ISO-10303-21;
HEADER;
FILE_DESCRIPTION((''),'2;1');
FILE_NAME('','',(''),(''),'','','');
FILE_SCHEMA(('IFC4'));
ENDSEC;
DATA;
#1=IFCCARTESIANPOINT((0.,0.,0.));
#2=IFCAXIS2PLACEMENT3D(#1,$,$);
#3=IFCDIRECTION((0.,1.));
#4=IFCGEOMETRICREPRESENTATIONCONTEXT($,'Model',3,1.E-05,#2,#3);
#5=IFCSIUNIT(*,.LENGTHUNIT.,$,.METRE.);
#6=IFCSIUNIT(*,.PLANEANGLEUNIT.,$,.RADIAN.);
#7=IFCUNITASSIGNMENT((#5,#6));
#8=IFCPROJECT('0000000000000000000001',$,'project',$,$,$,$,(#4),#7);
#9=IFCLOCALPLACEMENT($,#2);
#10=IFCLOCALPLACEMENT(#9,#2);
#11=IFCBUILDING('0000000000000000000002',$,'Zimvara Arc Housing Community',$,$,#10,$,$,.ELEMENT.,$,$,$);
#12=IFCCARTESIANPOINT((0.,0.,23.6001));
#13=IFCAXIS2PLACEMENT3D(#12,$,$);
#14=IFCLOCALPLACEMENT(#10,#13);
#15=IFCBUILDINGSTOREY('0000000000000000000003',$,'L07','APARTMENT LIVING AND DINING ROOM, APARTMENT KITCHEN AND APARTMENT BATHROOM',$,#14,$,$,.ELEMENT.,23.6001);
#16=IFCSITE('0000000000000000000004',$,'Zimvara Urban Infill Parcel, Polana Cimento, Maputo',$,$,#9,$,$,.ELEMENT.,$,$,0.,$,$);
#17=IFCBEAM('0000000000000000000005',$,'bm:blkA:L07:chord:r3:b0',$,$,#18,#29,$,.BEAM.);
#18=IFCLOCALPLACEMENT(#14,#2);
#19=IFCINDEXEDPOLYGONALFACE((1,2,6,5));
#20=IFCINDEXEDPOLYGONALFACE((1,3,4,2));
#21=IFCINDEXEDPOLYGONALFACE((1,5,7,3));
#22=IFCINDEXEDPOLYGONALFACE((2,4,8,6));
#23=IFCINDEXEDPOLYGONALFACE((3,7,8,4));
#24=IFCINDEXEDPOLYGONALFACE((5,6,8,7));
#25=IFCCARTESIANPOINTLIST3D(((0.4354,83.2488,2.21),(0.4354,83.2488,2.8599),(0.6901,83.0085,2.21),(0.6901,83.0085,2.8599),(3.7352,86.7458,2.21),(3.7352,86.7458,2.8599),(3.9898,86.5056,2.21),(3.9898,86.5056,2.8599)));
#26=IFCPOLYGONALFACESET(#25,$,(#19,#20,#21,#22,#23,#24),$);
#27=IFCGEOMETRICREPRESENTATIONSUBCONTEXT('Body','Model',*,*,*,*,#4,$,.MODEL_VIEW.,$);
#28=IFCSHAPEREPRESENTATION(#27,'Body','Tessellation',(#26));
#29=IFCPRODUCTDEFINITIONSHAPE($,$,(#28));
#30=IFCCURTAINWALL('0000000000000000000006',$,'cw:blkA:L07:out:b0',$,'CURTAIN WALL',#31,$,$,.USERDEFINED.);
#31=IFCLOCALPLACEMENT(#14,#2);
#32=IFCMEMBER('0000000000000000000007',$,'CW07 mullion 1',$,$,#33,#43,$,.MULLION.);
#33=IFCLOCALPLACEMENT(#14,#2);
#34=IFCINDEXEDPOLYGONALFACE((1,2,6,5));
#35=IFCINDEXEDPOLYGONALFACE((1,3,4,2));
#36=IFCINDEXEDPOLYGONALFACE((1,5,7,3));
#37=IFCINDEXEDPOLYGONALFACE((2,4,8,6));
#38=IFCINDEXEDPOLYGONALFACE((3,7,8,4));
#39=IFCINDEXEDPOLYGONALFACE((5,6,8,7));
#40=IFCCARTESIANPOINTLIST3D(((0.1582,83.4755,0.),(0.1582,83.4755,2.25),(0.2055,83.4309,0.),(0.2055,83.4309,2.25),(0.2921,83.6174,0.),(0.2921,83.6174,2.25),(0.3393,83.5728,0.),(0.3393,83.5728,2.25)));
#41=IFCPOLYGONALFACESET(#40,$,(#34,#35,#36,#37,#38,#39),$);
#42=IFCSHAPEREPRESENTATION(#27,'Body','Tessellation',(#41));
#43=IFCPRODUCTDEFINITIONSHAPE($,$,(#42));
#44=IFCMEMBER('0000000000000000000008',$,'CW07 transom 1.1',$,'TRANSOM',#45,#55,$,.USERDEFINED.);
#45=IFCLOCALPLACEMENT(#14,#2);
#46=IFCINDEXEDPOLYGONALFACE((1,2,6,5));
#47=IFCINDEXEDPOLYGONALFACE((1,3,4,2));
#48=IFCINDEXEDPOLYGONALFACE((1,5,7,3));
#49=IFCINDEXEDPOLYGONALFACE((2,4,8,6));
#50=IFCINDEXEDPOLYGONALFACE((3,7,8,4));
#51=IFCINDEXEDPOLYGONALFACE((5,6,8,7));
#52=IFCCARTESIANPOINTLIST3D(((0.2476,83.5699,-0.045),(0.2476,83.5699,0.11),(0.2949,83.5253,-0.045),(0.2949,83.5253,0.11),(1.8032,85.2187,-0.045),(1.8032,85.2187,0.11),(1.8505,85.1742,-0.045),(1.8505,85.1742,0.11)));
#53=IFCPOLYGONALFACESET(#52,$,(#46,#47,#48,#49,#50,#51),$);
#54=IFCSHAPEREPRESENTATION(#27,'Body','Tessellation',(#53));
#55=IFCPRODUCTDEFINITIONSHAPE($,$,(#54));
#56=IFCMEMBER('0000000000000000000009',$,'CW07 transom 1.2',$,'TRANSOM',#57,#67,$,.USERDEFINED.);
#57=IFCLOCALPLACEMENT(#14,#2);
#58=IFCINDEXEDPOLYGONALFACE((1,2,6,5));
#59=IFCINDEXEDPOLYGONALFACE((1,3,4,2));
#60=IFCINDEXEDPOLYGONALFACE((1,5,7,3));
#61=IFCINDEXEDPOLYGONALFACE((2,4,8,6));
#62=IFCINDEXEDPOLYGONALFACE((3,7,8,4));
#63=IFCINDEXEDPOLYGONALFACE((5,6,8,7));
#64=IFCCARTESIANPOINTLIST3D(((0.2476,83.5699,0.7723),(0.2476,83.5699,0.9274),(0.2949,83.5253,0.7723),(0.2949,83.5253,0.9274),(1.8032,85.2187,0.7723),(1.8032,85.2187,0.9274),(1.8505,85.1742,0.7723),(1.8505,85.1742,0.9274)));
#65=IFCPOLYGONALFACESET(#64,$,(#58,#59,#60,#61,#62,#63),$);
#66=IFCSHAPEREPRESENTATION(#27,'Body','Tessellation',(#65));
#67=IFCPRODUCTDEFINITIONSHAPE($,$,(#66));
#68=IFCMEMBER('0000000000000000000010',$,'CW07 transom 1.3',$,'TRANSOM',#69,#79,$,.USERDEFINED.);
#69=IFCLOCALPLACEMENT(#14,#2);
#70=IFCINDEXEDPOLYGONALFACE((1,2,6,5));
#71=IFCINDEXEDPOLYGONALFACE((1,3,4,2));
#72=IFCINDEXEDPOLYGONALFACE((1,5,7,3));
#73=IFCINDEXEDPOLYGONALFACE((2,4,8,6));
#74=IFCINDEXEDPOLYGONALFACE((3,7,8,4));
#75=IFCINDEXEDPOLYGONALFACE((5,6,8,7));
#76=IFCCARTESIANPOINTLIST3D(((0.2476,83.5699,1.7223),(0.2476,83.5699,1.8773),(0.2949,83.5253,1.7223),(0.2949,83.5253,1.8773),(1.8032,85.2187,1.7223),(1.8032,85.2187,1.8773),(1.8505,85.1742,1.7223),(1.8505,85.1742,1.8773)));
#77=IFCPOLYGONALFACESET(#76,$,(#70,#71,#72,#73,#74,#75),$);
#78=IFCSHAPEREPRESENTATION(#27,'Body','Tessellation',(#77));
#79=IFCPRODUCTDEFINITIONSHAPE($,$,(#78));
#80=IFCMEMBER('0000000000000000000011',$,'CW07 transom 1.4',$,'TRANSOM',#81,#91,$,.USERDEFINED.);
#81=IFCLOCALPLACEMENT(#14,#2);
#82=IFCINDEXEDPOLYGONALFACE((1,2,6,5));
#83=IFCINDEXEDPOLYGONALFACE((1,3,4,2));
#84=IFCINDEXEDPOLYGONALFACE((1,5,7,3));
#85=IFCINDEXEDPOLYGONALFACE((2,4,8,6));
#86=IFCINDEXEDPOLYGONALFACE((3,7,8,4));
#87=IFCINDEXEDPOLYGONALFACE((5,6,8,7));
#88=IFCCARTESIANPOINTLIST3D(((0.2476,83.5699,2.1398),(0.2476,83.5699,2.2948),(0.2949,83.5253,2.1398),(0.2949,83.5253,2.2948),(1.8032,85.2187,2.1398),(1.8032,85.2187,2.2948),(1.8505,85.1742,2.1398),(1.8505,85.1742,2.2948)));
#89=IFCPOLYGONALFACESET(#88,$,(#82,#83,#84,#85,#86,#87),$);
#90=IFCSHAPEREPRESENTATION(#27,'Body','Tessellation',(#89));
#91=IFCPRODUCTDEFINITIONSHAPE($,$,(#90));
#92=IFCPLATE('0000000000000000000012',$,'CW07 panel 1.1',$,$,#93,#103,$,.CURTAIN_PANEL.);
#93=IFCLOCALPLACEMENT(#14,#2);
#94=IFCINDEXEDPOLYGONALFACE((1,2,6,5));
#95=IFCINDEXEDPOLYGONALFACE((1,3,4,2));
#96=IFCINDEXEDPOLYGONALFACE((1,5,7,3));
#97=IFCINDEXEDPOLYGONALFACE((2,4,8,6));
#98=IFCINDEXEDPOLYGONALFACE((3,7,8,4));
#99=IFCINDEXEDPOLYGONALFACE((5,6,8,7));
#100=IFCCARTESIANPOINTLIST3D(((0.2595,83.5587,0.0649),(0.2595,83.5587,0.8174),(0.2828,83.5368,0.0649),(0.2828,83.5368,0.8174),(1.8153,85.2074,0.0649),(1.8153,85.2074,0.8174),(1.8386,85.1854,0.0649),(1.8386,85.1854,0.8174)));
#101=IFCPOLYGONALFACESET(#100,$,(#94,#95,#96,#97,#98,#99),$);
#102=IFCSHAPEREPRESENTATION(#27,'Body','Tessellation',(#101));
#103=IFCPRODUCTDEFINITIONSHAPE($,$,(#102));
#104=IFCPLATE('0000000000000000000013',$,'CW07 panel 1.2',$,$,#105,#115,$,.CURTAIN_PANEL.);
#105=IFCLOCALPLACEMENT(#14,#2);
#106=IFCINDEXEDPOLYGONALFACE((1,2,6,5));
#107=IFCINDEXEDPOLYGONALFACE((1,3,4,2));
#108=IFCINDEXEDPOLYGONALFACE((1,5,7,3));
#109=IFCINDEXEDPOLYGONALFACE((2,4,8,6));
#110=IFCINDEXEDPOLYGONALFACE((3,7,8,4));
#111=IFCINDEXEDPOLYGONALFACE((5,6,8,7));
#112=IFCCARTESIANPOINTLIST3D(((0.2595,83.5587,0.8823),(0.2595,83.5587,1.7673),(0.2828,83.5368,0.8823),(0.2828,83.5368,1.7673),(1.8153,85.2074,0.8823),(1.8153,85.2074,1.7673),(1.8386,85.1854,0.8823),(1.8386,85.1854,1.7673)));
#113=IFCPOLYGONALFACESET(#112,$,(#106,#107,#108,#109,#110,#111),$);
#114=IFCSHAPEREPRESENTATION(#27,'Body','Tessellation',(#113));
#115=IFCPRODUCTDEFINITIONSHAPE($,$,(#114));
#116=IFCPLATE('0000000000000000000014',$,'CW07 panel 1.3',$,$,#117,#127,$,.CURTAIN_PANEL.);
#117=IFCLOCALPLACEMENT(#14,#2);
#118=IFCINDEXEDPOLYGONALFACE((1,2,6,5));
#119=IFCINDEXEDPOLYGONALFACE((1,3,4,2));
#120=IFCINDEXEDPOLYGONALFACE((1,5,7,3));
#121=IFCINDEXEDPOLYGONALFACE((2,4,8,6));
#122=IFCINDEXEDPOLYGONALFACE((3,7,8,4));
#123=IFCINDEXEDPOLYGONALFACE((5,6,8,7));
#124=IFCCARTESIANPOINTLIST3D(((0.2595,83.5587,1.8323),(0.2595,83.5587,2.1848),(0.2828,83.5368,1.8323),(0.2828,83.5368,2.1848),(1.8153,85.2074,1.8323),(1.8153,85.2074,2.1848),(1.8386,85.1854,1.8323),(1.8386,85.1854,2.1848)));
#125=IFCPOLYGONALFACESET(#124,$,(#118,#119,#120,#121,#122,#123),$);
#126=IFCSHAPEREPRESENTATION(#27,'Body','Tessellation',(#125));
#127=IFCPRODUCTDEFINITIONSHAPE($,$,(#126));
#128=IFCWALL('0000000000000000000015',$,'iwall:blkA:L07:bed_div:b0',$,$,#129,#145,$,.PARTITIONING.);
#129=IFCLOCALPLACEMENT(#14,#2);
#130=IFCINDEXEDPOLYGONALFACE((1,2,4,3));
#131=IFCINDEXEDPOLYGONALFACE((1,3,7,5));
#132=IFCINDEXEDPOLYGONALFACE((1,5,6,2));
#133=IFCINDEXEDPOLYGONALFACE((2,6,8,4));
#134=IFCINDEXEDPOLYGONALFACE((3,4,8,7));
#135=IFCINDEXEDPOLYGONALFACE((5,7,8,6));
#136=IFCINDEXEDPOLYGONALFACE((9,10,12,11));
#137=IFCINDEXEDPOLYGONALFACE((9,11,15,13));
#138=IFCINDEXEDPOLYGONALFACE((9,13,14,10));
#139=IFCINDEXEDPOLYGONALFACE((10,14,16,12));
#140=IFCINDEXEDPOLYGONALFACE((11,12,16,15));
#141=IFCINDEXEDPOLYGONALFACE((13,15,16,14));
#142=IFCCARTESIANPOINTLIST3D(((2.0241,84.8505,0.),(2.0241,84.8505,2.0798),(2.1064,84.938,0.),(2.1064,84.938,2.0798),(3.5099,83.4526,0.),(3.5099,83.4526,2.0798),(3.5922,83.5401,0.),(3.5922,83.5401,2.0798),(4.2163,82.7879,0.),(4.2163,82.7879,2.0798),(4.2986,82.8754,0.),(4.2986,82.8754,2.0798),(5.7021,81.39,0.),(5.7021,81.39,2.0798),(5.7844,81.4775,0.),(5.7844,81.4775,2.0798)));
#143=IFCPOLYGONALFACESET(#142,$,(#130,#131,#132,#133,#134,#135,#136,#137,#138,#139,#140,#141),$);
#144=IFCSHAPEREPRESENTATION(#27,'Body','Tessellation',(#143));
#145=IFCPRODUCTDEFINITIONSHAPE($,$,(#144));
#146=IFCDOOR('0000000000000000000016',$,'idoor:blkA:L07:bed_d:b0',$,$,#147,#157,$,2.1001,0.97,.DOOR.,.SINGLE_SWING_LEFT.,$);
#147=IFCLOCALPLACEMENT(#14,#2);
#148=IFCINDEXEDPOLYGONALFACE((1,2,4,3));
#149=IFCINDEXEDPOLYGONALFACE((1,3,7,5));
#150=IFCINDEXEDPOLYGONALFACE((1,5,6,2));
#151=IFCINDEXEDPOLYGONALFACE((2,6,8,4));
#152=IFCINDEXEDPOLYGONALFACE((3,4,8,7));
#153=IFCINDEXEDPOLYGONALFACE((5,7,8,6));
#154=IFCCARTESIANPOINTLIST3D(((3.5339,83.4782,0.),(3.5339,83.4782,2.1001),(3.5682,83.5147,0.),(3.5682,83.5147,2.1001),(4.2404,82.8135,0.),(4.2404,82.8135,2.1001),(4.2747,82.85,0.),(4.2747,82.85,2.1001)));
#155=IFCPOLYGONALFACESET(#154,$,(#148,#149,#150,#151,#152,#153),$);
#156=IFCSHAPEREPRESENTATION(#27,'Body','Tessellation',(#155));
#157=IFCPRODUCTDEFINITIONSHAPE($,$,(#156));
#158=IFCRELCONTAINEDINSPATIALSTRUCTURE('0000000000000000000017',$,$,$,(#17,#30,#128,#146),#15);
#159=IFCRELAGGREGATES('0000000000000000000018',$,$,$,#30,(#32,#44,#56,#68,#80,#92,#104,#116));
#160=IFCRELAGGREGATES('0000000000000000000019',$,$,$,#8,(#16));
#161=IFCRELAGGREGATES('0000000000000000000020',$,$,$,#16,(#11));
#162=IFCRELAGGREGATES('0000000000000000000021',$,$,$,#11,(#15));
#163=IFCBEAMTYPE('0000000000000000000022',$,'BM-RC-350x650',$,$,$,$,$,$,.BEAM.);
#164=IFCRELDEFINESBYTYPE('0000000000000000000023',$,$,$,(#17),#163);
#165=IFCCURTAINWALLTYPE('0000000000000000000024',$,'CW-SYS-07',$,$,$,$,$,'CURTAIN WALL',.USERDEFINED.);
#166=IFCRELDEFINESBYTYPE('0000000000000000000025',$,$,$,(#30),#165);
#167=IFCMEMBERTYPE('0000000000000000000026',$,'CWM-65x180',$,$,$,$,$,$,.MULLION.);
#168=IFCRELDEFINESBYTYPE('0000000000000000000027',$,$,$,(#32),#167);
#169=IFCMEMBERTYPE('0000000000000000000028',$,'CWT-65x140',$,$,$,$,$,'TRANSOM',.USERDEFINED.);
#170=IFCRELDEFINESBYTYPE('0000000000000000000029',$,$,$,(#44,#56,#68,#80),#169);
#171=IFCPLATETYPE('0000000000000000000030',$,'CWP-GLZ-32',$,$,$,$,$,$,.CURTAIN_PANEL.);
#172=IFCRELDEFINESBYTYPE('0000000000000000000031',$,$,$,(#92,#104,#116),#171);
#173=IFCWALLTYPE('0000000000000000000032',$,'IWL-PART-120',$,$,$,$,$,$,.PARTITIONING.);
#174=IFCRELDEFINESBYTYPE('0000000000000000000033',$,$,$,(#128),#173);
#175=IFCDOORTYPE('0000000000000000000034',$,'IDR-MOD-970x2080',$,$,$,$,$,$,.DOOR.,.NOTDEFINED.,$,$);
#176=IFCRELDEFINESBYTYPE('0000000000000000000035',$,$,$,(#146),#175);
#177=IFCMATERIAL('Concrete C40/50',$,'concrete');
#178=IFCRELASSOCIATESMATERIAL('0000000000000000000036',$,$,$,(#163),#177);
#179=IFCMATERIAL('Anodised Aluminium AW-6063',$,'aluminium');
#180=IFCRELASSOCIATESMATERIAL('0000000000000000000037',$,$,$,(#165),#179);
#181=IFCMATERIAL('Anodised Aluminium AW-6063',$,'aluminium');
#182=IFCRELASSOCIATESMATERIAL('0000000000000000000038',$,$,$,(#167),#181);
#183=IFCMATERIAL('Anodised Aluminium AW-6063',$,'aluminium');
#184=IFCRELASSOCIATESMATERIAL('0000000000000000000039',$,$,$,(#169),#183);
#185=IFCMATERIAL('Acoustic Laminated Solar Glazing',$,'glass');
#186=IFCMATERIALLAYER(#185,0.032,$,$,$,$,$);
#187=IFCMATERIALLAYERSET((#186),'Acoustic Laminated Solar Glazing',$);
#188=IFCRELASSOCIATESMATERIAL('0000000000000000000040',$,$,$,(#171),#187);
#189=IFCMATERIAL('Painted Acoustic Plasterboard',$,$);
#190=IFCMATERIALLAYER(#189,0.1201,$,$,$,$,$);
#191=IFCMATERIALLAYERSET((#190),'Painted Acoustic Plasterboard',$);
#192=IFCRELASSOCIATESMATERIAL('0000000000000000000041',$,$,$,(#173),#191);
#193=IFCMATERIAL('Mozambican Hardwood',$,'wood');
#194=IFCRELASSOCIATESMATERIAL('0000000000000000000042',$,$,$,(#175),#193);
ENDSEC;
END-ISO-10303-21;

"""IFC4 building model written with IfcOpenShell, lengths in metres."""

from ifc_helpers import new_model, si_unit, direction, frame, frame_2d, origin, origin_2d, place, context, subcontext, project, spatial, rectangle, extrude, material, layer, layer_set, material_profile, profile_set, type_object, element, fill, aggregate, save


model = new_model("IFC4")

# Units and contexts
model_context = context("Model", 3, precision=1e-05, world=origin(), true_north=direction((0.0, 1.0)))
body_context = subcontext(model_context, "Body", "Model", "MODEL_VIEW")
ifc_project = project(units=[si_unit("LENGTHUNIT", "METRE"), si_unit("PLANEANGLEUNIT", "RADIAN")], contexts=[model_context])

# Site, building, storey
site_placement = place(None, origin())
site = spatial("IfcSite", under=ifc_project, at=site_placement, Name="Zimvara Urban Infill Parcel, Polana Cimento, Maputo", CompositionType="ELEMENT", RefElevation=0.0)
building_placement = place(site_placement, origin())
building = spatial("IfcBuilding", under=site, at=building_placement, Name="Zimvara Arc Housing Community", CompositionType="ELEMENT")
storey_placement = place(building_placement, frame((0.0, 0.0, 23.6001)))
storey = spatial("IfcBuildingStorey", under=building, at=storey_placement, Name="L07", Description="APARTMENT LIVING AND DINING ROOM, APARTMENT KITCHEN AND APARTMENT BATHROOM", CompositionType="ELEMENT", Elevation=23.6001)

# Beam
ifc_material_1 = material(Name="Concrete C40/50", Category="concrete")
ifc_material_profile_1 = material_profile(ifc_material_1, rectangle(XDim=0.3501, YDim=0.6499, at=origin_2d()), Name="RC 350x650")
ifc_profile_set_1 = profile_set([ifc_material_profile_1], Name="Concrete C40/50")
beam_type = type_object("IfcBeamType", Name="BM-RC-350x650", PredefinedType="BEAM", material=ifc_profile_set_1)
beam_placement = place(storey_placement, frame((0.5627, 83.1287, 2.5349), z_axis=(0.686295, 0.727323, 0.0), x_axis=(-0.727323, 0.686295, 0.0)))
element("IfcBeam", 1, at=beam_placement, inside=storey, type_object=beam_type, Name="bm:blkA:L07:chord:r3:b0", PredefinedType="BEAM", context=body_context, shape_type="SweptSolid", body=[
    extrude(rectangle(XDim=0.3501, YDim=0.6499, at=origin_2d()), origin(), (0.0, 0.0, 1.0), 4.8081),
])

# Curtain wall, members, plates
ifc_material_2 = material(Name="Anodised Aluminium AW-6063", Category="aluminium")
curtain_wall_type = type_object("IfcCurtainWallType", Name="CW-SYS-07", ElementType="CURTAIN WALL", PredefinedType="USERDEFINED", material=ifc_material_2)
curtain_wall_placement = place(storey_placement, origin())
curtain_wall = element("IfcCurtainWall", 2, at=curtain_wall_placement, inside=storey, type_object=curtain_wall_type, Name="cw:blkA:L07:out:b0", ObjectType="CURTAIN WALL", PredefinedType="USERDEFINED")
ifc_material_3 = material(Name="Anodised Aluminium AW-6063", Category="aluminium")
ifc_material_profile_2 = material_profile(ifc_material_3, rectangle(XDim=0.0649, YDim=0.1951, at=origin_2d()), Name="ALU 65x195")
ifc_profile_set_2 = profile_set([ifc_material_profile_2], Name="Anodised Aluminium AW-6063")
member_type_1 = type_object("IfcMemberType", Name="CWM-65x180", PredefinedType="MULLION", material=ifc_profile_set_2)
member_1_placement = place(storey_placement, frame((0.2488, 83.5242, 0.0), z_axis=(0.0, 0.0, 1.0), x_axis=(-0.727294, 0.686326, 0.0)))
member_1 = element("IfcMember", 3, at=member_1_placement, type_object=member_type_1, Name="CW07 mullion 1", PredefinedType="MULLION", context=body_context, shape_type="SweptSolid", body=[
    extrude(rectangle(XDim=0.0649, YDim=0.1951, at=origin_2d()), origin(), (0.0, 0.0, 1.0), 2.25),
])
ifc_material_4 = material(Name="Anodised Aluminium AW-6063", Category="aluminium")
ifc_material_profile_3 = material_profile(ifc_material_4, rectangle(XDim=0.0649, YDim=0.155, at=origin_2d()), Name="ALU 65x155")
ifc_profile_set_3 = profile_set([ifc_material_profile_3], Name="Anodised Aluminium AW-6063")
member_type_2 = type_object("IfcMemberType", Name="CWT-65x140", ElementType="TRANSOM", PredefinedType="USERDEFINED", material=ifc_profile_set_3)
member_2_placement = place(storey_placement, frame((0.2712, 83.5476, 0.0325), z_axis=(0.686238, 0.727377, 0.0), x_axis=(-0.727377, 0.686238, 0.0)))
member_2 = element("IfcMember", 4, at=member_2_placement, type_object=member_type_2, Name="CW07 transom 1.1", ObjectType="TRANSOM", PredefinedType="USERDEFINED", context=body_context, shape_type="SweptSolid", body=[
    extrude(rectangle(XDim=0.0649, YDim=0.155, at=origin_2d()), origin(), (0.0, 0.0, 1.0), 2.2668),
])
member_3_placement = place(storey_placement, frame((0.2712, 83.5476, 0.8499), z_axis=(0.686238, 0.727377, 0.0), x_axis=(-0.727377, 0.686238, 0.0)))
member_3 = element("IfcMember", 5, at=member_3_placement, type_object=member_type_2, Name="CW07 transom 1.2", ObjectType="TRANSOM", PredefinedType="USERDEFINED", context=body_context, shape_type="SweptSolid", body=[
    extrude(rectangle(XDim=0.0649, YDim=0.155, at=origin_2d()), origin(), (0.0, 0.0, 1.0), 2.2668),
])
member_4_placement = place(storey_placement, frame((0.2712, 83.5476, 1.7998), z_axis=(0.686238, 0.727377, 0.0), x_axis=(-0.727377, 0.686238, 0.0)))
member_4 = element("IfcMember", 6, at=member_4_placement, type_object=member_type_2, Name="CW07 transom 1.3", ObjectType="TRANSOM", PredefinedType="USERDEFINED", context=body_context, shape_type="SweptSolid", body=[
    extrude(rectangle(XDim=0.0649, YDim=0.155, at=origin_2d()), origin(), (0.0, 0.0, 1.0), 2.2668),
])
member_5_placement = place(storey_placement, frame((0.2712, 83.5476, 2.2173), z_axis=(0.686238, 0.727377, 0.0), x_axis=(-0.727377, 0.686238, 0.0)))
member_5 = element("IfcMember", 7, at=member_5_placement, type_object=member_type_2, Name="CW07 transom 1.4", ObjectType="TRANSOM", PredefinedType="USERDEFINED", context=body_context, shape_type="SweptSolid", body=[
    extrude(rectangle(XDim=0.0649, YDim=0.155, at=origin_2d()), origin(), (0.0, 0.0, 1.0), 2.2668),
])
ifc_material_5 = material(Name="Acoustic Laminated Solar Glazing", Category="glass")
ifc_layer_1 = layer(ifc_material_5, 0.032)
ifc_layer_set_1 = layer_set([ifc_layer_1], Name="Acoustic Laminated Solar Glazing")
plate_type = type_object("IfcPlateType", Name="CWP-GLZ-32", PredefinedType="CURTAIN_PANEL", material=ifc_layer_set_1)
plate_1_placement = place(storey_placement, frame((1.0491, 84.3721, 0.0649), z_axis=(0.0, 0.0, 1.0), x_axis=(0.686326, 0.727294, 0.0)))
plate_1 = element("IfcPlate", 8, at=plate_1_placement, type_object=plate_type, Name="CW07 panel 1.1", PredefinedType="CURTAIN_PANEL", context=body_context, shape_type="SweptSolid", body=[
    extrude(rectangle(XDim=2.2668, YDim=0.032, at=origin_2d()), origin(), (0.0, 0.0, 1.0), 0.7524),
])
plate_2_placement = place(storey_placement, frame((1.0491, 84.3721, 0.8823), z_axis=(0.0, 0.0, 1.0), x_axis=(0.686326, 0.727294, 0.0)))
plate_2 = element("IfcPlate", 9, at=plate_2_placement, type_object=plate_type, Name="CW07 panel 1.2", PredefinedType="CURTAIN_PANEL", context=body_context, shape_type="SweptSolid", body=[
    extrude(rectangle(XDim=2.2668, YDim=0.032, at=origin_2d()), origin(), (0.0, 0.0, 1.0), 0.885),
])
plate_3_placement = place(storey_placement, frame((1.0491, 84.3721, 1.8323), z_axis=(0.0, 0.0, 1.0), x_axis=(0.686326, 0.727294, 0.0)))
plate_3 = element("IfcPlate", 10, at=plate_3_placement, type_object=plate_type, Name="CW07 panel 1.3", PredefinedType="CURTAIN_PANEL", context=body_context, shape_type="SweptSolid", body=[
    extrude(rectangle(XDim=2.2668, YDim=0.032, at=origin_2d()), origin(), (0.0, 0.0, 1.0), 0.3525),
])
aggregate(curtain_wall, [member_1, member_2, member_3, member_4, member_5, plate_1, plate_2, plate_3])

# Wall, opening, door
ifc_material_6 = material(Name="Painted Acoustic Plasterboard")
ifc_layer_2 = layer(ifc_material_6, 0.1201)
ifc_layer_set_2 = layer_set([ifc_layer_2], Name="Painted Acoustic Plasterboard")
wall_type_1 = type_object("IfcWallType", Name="IWL-PART-120", PredefinedType="PARTITIONING", material=ifc_layer_set_2)
wall_1_placement = place(storey_placement, frame((5.7432, 81.4338, 0.0), z_axis=(0.0, 0.0, 1.0), x_axis=(-0.728316, 0.685241, 0.0)))
wall_1 = element("IfcWall", 11, at=wall_1_placement, inside=storey, type_object=wall_type_1, Name="iwall:blkA:L07:bed_div:b0", PredefinedType="PARTITIONING", context=body_context, shape_type="SweptSolid", body=[
    extrude(rectangle(XDim=5.05, YDim=0.1201, at=frame_2d((2.5249, 0.0))), origin(), (0.0, 0.0, 1.0), 2.0798),
])
opening_1_placement = place(wall_1_placement, frame((2.04, 0.0, 0.0)))
opening_1 = element("IfcOpeningElement", 12, at=opening_1_placement, cuts=wall_1, PredefinedType="OPENING", context=body_context, shape_type="SweptSolid", body=[
    extrude(rectangle(XDim=0.97, YDim=2.1001, at=frame_2d((0.4849, 1.05))), frame((0.0, 0.0701, 0.0), z_axis=(0.0, -1.0, 0.0), x_axis=(1.0, 0.0, 0.0)), (0.0, 0.0, 1.0), 0.1401),
])
ifc_material_7 = material(Name="Mozambican Hardwood", Category="wood")
door_type_1 = type_object("IfcDoorType", Name="IDR-MOD-970x2080", OperationType="NOTDEFINED", PredefinedType="DOOR", material=ifc_material_7)
door_1_placement = place(opening_1_placement, origin())
door_1 = element("IfcDoor", 13, at=door_1_placement, inside=storey, type_object=door_type_1, Name="idoor:blkA:L07:bed_d:b0", OperationType="SINGLE_SWING_LEFT", OverallHeight=2.1001, OverallWidth=0.97, PredefinedType="DOOR", context=body_context, shape_type="SweptSolid", body=[
    extrude(rectangle(XDim=0.97, YDim=2.1001, at=frame_2d((0.4849, 1.05))), frame((0.0, 0.0249, 0.0), z_axis=(0.0, -1.0, 0.0), x_axis=(1.0, 0.0, 0.0)), (0.0, 0.0, 1.0), 0.05),
])
fill(opening_1, door_1)

save(model, "model.ifc")
